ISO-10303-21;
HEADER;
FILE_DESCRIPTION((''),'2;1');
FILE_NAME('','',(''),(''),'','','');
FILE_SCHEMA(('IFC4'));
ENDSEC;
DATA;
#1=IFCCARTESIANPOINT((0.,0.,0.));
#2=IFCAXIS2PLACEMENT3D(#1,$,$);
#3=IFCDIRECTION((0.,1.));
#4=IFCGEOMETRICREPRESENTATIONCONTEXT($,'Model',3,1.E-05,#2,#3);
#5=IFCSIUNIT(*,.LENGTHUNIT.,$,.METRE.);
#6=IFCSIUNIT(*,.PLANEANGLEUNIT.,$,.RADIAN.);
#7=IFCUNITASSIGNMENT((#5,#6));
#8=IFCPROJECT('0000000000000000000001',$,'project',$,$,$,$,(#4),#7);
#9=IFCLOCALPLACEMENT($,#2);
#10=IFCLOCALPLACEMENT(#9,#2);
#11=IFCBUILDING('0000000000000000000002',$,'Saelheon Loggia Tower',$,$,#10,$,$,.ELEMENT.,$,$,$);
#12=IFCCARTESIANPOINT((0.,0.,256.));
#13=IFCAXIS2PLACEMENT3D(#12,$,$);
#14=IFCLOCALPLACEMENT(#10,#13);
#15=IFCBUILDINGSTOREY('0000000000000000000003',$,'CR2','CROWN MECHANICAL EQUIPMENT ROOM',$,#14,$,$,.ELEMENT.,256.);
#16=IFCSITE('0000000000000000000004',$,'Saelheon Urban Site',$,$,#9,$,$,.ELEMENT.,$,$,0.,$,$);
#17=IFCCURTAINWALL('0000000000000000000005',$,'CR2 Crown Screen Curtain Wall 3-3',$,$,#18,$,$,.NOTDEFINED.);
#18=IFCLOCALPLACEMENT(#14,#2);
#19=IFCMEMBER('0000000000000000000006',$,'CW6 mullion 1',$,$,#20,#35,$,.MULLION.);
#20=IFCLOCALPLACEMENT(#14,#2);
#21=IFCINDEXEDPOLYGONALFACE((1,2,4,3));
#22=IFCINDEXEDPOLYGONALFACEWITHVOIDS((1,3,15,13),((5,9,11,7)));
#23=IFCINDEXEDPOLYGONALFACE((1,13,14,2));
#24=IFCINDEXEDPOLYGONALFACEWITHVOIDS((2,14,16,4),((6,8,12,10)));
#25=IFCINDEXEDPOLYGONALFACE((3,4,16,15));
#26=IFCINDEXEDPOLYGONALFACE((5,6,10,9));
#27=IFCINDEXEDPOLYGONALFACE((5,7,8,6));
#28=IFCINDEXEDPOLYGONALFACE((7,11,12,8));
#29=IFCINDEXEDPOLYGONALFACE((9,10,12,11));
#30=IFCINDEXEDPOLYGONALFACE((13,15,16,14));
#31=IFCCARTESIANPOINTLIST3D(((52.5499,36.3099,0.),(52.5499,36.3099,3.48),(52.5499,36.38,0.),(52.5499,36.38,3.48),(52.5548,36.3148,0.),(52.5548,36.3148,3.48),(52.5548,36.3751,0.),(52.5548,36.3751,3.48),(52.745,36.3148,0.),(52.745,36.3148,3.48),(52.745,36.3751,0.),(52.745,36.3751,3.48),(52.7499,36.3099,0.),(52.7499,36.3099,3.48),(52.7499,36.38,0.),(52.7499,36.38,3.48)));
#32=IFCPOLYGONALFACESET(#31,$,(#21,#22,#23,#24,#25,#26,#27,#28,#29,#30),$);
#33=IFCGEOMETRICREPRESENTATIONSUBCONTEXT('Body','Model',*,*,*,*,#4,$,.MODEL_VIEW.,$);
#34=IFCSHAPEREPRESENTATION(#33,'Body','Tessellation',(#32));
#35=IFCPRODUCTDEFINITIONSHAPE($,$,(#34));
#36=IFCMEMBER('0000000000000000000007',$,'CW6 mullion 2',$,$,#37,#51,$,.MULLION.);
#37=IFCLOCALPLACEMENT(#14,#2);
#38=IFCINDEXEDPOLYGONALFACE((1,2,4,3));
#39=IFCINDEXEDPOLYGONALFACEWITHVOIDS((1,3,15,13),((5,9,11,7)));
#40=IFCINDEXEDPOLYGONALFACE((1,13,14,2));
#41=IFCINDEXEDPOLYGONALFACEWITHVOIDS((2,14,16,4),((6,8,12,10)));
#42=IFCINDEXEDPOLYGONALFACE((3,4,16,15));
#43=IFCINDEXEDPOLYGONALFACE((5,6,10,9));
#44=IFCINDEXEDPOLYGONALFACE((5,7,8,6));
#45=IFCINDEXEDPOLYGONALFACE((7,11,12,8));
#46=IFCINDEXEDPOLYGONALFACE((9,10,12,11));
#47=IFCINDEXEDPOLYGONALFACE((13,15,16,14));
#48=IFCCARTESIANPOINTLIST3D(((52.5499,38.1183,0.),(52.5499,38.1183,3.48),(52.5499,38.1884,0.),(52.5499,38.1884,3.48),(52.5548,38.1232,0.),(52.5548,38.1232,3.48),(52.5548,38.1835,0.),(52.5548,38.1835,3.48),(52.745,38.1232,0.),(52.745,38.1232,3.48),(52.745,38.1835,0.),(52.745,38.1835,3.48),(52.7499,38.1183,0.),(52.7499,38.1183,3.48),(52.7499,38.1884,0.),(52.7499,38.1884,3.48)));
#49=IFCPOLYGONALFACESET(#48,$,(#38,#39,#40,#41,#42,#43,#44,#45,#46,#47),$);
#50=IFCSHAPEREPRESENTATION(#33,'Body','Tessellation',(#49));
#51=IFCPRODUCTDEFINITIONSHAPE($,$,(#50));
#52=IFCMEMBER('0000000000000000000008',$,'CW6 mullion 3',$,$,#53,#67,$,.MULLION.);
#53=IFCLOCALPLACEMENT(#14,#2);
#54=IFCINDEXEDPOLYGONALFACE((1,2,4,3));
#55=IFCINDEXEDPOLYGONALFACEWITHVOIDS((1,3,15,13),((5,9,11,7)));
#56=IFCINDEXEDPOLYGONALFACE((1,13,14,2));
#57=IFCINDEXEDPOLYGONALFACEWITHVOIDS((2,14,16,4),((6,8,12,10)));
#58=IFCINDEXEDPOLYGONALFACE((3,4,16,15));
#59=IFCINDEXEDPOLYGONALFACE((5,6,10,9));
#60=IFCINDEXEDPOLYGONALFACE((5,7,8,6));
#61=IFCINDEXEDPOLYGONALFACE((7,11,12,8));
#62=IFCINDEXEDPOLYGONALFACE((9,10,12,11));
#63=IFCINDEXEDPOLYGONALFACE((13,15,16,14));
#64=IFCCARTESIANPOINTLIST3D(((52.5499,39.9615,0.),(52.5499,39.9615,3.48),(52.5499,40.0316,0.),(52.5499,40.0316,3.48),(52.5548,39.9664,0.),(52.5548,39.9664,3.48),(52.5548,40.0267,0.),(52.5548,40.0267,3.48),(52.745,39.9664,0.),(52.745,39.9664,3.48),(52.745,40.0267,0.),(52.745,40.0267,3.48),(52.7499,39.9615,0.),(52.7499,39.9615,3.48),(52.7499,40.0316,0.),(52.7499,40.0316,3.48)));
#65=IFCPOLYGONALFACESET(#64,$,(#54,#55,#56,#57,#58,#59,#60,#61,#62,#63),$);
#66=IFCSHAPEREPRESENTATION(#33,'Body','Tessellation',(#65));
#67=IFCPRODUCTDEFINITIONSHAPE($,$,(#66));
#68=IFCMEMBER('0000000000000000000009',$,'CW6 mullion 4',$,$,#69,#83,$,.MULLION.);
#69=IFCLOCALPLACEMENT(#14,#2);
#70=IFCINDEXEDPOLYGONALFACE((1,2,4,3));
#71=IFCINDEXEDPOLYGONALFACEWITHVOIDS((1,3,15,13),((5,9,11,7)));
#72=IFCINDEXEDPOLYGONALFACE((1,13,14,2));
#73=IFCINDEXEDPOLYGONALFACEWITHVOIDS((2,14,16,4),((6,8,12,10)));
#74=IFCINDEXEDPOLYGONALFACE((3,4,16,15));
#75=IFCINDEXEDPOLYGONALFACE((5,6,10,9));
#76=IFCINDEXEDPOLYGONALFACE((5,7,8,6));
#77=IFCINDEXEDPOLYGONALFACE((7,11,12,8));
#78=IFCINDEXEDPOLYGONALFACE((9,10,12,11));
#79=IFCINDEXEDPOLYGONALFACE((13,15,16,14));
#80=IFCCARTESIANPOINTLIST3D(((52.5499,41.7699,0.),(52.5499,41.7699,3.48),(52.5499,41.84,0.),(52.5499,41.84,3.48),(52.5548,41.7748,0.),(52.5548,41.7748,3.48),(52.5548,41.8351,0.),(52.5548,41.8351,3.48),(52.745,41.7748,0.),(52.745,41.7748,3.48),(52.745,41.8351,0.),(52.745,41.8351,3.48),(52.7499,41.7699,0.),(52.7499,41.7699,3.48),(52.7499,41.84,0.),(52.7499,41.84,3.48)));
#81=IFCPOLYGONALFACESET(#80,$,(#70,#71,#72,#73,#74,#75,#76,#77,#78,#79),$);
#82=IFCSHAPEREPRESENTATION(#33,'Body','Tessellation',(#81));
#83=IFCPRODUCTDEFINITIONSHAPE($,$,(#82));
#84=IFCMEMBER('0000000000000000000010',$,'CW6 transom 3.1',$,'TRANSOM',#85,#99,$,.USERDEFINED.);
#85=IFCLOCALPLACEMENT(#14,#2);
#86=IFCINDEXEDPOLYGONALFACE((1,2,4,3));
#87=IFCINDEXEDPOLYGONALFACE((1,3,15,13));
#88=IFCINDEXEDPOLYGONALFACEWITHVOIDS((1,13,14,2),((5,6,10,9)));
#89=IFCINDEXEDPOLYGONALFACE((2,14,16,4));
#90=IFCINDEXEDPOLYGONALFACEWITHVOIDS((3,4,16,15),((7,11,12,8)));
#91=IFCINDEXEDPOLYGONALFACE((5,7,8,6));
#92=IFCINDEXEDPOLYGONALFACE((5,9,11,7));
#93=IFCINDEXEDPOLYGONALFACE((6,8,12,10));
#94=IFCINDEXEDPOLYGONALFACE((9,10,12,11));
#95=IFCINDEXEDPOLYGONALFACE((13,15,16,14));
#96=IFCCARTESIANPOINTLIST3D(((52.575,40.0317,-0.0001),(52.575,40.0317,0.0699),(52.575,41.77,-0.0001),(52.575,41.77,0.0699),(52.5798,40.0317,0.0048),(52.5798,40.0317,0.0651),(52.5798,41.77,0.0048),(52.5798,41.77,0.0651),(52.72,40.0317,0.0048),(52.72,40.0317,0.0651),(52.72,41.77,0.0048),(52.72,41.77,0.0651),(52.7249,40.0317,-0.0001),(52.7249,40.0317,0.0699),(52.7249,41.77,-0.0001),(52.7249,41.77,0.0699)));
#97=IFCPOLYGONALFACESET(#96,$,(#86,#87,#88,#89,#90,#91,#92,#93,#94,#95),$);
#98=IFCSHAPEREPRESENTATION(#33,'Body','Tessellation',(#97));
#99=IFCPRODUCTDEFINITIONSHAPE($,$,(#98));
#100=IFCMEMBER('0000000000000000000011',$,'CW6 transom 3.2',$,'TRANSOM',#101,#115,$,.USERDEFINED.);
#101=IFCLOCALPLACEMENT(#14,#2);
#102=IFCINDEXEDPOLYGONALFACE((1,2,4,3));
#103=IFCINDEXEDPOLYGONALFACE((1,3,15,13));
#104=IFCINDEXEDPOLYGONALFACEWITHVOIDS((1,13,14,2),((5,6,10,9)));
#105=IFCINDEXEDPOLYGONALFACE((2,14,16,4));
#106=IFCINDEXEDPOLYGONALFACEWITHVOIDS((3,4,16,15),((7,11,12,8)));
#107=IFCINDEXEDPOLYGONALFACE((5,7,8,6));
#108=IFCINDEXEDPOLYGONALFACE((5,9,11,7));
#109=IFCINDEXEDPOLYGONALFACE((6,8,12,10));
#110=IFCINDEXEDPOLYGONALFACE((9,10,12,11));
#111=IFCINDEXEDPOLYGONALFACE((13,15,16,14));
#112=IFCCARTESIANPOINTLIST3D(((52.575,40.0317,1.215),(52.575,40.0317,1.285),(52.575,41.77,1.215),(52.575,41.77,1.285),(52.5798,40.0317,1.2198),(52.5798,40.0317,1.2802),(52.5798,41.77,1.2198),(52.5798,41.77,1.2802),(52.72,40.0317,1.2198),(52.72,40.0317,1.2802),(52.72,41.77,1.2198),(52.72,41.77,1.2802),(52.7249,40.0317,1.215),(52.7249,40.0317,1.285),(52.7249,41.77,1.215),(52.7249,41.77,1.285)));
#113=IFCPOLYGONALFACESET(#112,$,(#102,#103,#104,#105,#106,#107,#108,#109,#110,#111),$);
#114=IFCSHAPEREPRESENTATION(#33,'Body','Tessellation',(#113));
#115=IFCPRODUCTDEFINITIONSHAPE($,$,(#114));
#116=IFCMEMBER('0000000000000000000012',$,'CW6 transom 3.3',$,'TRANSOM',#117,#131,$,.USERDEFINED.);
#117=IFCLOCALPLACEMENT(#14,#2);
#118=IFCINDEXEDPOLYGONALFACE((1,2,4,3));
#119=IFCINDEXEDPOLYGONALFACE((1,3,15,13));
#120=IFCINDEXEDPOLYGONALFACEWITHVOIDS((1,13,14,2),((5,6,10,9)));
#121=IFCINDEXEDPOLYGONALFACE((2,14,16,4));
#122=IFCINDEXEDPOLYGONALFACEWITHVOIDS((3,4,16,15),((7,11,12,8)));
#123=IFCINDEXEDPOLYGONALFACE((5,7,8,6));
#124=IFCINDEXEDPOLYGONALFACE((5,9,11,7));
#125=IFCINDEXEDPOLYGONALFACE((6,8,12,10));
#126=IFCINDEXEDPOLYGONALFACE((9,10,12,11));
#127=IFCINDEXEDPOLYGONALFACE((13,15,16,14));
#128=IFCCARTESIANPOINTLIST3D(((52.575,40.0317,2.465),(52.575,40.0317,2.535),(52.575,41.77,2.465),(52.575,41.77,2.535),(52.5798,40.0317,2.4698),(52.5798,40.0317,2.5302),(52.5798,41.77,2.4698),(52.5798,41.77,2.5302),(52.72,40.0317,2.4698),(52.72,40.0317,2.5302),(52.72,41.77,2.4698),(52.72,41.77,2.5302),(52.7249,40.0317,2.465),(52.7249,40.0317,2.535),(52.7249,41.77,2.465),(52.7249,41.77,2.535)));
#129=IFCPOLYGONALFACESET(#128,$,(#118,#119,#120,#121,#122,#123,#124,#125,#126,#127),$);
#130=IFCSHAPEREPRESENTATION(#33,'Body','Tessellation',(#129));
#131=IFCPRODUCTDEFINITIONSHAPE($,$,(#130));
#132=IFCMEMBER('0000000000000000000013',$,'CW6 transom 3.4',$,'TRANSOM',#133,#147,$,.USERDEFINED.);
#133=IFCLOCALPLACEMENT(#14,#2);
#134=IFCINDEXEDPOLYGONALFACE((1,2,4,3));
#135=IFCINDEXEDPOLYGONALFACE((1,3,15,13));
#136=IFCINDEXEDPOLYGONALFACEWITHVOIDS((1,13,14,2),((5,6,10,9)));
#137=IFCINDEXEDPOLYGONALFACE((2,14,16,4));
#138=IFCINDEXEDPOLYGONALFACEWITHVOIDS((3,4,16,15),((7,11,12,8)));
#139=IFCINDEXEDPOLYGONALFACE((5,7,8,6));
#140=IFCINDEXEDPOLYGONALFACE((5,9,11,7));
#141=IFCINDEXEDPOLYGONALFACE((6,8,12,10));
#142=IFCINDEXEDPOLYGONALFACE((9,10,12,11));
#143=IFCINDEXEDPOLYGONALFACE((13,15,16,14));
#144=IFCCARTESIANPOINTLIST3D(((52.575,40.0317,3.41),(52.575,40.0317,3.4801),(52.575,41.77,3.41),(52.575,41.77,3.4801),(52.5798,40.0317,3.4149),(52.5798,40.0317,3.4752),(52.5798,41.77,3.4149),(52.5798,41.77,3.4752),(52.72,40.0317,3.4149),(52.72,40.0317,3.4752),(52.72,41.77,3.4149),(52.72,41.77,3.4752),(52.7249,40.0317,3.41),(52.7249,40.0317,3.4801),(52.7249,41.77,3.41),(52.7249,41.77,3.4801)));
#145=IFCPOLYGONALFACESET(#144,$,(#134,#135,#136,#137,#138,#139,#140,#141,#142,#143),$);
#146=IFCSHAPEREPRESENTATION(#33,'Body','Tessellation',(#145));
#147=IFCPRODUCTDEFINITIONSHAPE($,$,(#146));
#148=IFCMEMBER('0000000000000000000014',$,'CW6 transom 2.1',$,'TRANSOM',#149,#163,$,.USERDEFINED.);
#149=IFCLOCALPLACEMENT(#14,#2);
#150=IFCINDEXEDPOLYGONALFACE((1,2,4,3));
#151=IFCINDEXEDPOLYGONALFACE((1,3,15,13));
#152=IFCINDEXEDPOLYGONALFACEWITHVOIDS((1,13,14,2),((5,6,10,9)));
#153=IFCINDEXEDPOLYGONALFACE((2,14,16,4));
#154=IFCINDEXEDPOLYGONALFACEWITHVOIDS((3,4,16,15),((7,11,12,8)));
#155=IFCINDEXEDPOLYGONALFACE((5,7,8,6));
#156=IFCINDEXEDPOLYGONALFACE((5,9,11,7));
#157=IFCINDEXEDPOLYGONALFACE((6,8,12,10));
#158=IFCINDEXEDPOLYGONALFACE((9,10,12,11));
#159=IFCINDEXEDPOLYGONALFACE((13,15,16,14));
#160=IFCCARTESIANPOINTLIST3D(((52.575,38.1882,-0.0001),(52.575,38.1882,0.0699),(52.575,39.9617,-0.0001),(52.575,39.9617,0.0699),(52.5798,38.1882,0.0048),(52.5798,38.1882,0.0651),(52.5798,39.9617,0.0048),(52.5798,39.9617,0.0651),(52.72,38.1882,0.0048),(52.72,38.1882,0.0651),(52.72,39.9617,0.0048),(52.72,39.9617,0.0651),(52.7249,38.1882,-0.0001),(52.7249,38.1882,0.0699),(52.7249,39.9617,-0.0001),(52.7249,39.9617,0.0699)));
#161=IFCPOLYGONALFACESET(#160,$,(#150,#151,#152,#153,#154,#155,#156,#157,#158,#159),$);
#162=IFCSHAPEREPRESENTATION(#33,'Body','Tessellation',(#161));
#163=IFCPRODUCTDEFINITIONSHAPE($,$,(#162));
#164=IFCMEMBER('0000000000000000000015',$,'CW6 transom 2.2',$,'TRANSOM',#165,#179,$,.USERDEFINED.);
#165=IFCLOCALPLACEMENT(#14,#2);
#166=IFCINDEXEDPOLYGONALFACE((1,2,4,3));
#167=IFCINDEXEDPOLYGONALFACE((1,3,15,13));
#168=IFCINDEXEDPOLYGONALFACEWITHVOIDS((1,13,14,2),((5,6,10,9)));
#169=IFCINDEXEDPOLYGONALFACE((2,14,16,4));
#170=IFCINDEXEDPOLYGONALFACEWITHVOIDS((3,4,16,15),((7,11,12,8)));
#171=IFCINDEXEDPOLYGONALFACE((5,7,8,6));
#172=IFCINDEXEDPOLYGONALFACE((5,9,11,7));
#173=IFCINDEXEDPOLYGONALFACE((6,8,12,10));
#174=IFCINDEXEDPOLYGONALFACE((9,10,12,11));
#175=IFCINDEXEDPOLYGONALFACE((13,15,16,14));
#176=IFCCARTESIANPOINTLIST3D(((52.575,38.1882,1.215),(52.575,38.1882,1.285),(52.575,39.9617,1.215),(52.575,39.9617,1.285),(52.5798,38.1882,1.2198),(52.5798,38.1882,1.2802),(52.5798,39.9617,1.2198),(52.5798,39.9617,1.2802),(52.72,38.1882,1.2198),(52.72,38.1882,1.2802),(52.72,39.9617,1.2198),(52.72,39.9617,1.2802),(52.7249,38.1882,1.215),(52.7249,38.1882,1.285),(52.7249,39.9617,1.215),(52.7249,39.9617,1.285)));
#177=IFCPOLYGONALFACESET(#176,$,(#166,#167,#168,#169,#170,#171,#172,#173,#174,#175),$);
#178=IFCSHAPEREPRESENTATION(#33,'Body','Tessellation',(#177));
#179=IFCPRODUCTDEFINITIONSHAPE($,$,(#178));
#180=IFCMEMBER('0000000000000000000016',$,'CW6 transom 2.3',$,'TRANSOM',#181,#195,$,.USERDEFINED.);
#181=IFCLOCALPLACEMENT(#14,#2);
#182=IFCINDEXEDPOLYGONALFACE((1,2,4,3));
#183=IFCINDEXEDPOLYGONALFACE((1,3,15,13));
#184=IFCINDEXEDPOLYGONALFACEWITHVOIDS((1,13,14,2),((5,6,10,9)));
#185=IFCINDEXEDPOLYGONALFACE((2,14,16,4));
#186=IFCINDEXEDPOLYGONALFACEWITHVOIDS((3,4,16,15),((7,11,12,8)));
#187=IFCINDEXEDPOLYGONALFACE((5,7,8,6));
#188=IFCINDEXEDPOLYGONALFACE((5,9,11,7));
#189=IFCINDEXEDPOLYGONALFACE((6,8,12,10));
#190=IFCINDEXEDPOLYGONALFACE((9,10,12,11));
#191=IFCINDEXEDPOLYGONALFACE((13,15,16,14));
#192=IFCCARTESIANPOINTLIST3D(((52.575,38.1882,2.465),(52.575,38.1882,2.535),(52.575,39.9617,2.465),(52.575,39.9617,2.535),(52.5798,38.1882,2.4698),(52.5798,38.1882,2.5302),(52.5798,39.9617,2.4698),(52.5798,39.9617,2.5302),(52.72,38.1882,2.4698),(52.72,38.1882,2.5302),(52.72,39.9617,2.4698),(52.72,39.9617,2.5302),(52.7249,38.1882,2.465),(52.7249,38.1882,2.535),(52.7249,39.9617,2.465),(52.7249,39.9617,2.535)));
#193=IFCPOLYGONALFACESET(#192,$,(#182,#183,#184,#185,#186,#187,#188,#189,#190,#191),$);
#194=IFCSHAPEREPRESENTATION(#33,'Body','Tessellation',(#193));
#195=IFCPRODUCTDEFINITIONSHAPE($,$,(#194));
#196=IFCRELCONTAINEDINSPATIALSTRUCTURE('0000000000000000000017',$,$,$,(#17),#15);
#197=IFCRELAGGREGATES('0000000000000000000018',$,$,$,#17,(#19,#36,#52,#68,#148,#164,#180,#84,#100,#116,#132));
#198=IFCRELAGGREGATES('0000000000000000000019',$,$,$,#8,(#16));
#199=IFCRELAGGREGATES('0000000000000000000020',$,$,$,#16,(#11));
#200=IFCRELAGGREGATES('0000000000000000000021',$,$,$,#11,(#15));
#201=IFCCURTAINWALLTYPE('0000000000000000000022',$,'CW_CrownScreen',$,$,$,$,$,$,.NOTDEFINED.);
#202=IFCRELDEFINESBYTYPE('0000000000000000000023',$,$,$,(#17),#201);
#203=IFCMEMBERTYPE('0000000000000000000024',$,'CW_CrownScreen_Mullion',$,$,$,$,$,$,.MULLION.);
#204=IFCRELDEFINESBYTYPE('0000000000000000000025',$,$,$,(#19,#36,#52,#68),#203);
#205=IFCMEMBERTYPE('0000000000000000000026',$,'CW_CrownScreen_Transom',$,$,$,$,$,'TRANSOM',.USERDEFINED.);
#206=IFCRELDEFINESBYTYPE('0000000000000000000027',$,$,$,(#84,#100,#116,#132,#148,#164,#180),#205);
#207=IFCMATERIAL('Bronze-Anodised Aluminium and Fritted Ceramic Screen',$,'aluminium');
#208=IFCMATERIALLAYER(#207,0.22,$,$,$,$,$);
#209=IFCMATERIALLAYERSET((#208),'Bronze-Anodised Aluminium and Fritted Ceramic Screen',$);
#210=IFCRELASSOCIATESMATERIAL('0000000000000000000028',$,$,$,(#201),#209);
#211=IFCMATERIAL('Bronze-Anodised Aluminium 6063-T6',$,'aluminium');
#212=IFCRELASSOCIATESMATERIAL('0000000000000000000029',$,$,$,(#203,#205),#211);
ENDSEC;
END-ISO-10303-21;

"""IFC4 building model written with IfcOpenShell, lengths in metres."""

from ifc_helpers import new_model, si_unit, direction, frame, origin, origin_2d, place, context, subcontext, project, spatial, hollow_rectangle, extrude, source, transform, mapped, material, layer, layer_set, material_profile, profile_set, type_object, element, aggregate, save


model = new_model("IFC4")

# Units and contexts
model_context = context("Model", 3, precision=1e-05, world=origin(), true_north=direction((0.0, 1.0)))
body_context = subcontext(model_context, "Body", "Model", "MODEL_VIEW")
ifc_project = project(units=[si_unit("LENGTHUNIT", "METRE"), si_unit("PLANEANGLEUNIT", "RADIAN")], contexts=[model_context])

# Site, building, storey
site_placement = place(None, origin())
site = spatial("IfcSite", under=ifc_project, at=site_placement, Name="Saelheon Urban Site", CompositionType="ELEMENT", RefElevation=0.0)
building_placement = place(site_placement, origin())
building = spatial("IfcBuilding", under=site, at=building_placement, Name="Saelheon Loggia Tower", CompositionType="ELEMENT")
storey_placement = place(building_placement, frame((0.0, 0.0, 256.0)))
storey = spatial("IfcBuildingStorey", under=building, at=storey_placement, Name="CR2", Description="CROWN MECHANICAL EQUIPMENT ROOM", CompositionType="ELEMENT", Elevation=256.0)

# Curtain wall, members
ifc_material_1 = material(Name="Bronze-Anodised Aluminium and Fritted Ceramic Screen", Category="aluminium")
ifc_layer_1 = layer(ifc_material_1, 0.22)
ifc_layer_set_1 = layer_set([ifc_layer_1], Name="Bronze-Anodised Aluminium and Fritted Ceramic Screen")
curtain_wall_type = type_object("IfcCurtainWallType", Name="CW_CrownScreen", PredefinedType="NOTDEFINED", material=ifc_layer_set_1)
curtain_wall_placement = place(storey_placement, origin())
curtain_wall = element("IfcCurtainWall", 1, at=curtain_wall_placement, inside=storey, type_object=curtain_wall_type, Name="CR2 Crown Screen Curtain Wall 3-3", PredefinedType="NOTDEFINED")
ifc_material_2 = material(Name="Bronze-Anodised Aluminium 6063-T6", Category="aluminium")
ifc_material_profile_1 = material_profile(ifc_material_2, hollow_rectangle(XDim=0.0701, YDim=0.2, WallThickness=0.0049, at=origin_2d()), Name="RHS-200x70x5")
ifc_profile_set_1 = profile_set([ifc_material_profile_1], Name="Bronze-Anodised Aluminium 6063-T6")
member_type_1 = type_object("IfcMemberType", Name="CW_CrownScreen_Mullion", PredefinedType="MULLION", material=ifc_profile_set_1)
shared_shape_1 = source(origin(), body_context, "Body", "SweptSolid", [
    extrude(hollow_rectangle(XDim=0.0701, YDim=0.2, WallThickness=0.0049, at=origin_2d()), origin(), (0.0, 0.0, 1.0), 3.48),
])
member_1_placement = place(storey_placement, frame((52.6499, 36.345, 0.0), z_axis=(0.0, 0.0, 1.0), x_axis=(0.0, 1.0, 0.0)))
member_1 = element("IfcMember", 2, at=member_1_placement, type_object=member_type_1, Name="CW6 mullion 1", PredefinedType="MULLION", context=body_context, shape_type="MappedRepresentation", body=[
    mapped(shared_shape_1, transform((0.0, 0.0, 0.0), scale=1.0)),
])
member_2_placement = place(storey_placement, frame((52.6499, 38.1533, 0.0), z_axis=(0.0, 0.0, 1.0), x_axis=(0.0, 1.0, 0.0)))
member_2 = element("IfcMember", 3, at=member_2_placement, type_object=member_type_1, Name="CW6 mullion 2", PredefinedType="MULLION", context=body_context, shape_type="MappedRepresentation", body=[
    mapped(shared_shape_1, transform((0.0, 0.0, 0.0), scale=1.0)),
])
member_3_placement = place(storey_placement, frame((52.6499, 39.9966, 0.0), z_axis=(0.0, 0.0, 1.0), x_axis=(0.0, 1.0, 0.0)))
member_3 = element("IfcMember", 4, at=member_3_placement, type_object=member_type_1, Name="CW6 mullion 3", PredefinedType="MULLION", context=body_context, shape_type="MappedRepresentation", body=[
    mapped(shared_shape_1, transform((0.0, 0.0, 0.0), scale=1.0)),
])
member_4_placement = place(storey_placement, frame((52.6499, 41.8049, 0.0), z_axis=(0.0, 0.0, 1.0), x_axis=(0.0, 1.0, 0.0)))
member_4 = element("IfcMember", 5, at=member_4_placement, type_object=member_type_1, Name="CW6 mullion 4", PredefinedType="MULLION", context=body_context, shape_type="MappedRepresentation", body=[
    mapped(shared_shape_1, transform((0.0, 0.0, 0.0), scale=1.0)),
])
ifc_material_profile_2 = material_profile(ifc_material_2, hollow_rectangle(XDim=0.0701, YDim=0.1499, WallThickness=0.0049, at=origin_2d()), Name="RHS-150x70x5")
ifc_profile_set_2 = profile_set([ifc_material_profile_2], Name="Bronze-Anodised Aluminium 6063-T6")
member_type_2 = type_object("IfcMemberType", Name="CW_CrownScreen_Transom", ElementType="TRANSOM", PredefinedType="USERDEFINED", material=ifc_profile_set_2)
shared_shape_2 = source(origin(), body_context, "Body", "SweptSolid", [
    extrude(hollow_rectangle(XDim=0.0701, YDim=0.1499, WallThickness=0.0049, at=origin_2d()), origin(), (0.0, 0.0, 1.0), 1.7383),
])
member_5_placement = place(storey_placement, frame((52.6499, 40.0317, 0.0349), z_axis=(0.0, 1.0, 0.0), x_axis=(0.0, 0.0, 1.0)))
member_5 = element("IfcMember", 6, at=member_5_placement, type_object=member_type_2, Name="CW6 transom 3.1", ObjectType="TRANSOM", PredefinedType="USERDEFINED", context=body_context, shape_type="MappedRepresentation", body=[
    mapped(shared_shape_2, transform((0.0, 0.0, 0.0), scale=1.0)),
])
member_6_placement = place(storey_placement, frame((52.6499, 40.0317, 1.25), z_axis=(0.0, 1.0, 0.0), x_axis=(0.0, 0.0, 1.0)))
member_6 = element("IfcMember", 7, at=member_6_placement, type_object=member_type_2, Name="CW6 transom 3.2", ObjectType="TRANSOM", PredefinedType="USERDEFINED", context=body_context, shape_type="MappedRepresentation", body=[
    mapped(shared_shape_2, transform((0.0, 0.0, 0.0), scale=1.0)),
])
member_7_placement = place(storey_placement, frame((52.6499, 40.0317, 2.5), z_axis=(0.0, 1.0, 0.0), x_axis=(0.0, 0.0, 1.0)))
member_7 = element("IfcMember", 8, at=member_7_placement, type_object=member_type_2, Name="CW6 transom 3.3", ObjectType="TRANSOM", PredefinedType="USERDEFINED", context=body_context, shape_type="MappedRepresentation", body=[
    mapped(shared_shape_2, transform((0.0, 0.0, 0.0), scale=1.0)),
])
member_8_placement = place(storey_placement, frame((52.6499, 40.0317, 3.4451), z_axis=(0.0, 1.0, 0.0), x_axis=(0.0, 0.0, 1.0)))
member_8 = element("IfcMember", 9, at=member_8_placement, type_object=member_type_2, Name="CW6 transom 3.4", ObjectType="TRANSOM", PredefinedType="USERDEFINED", context=body_context, shape_type="MappedRepresentation", body=[
    mapped(shared_shape_2, transform((0.0, 0.0, 0.0), scale=1.0)),
])
shared_shape_3 = source(origin(), body_context, "Body", "SweptSolid", [
    extrude(hollow_rectangle(XDim=0.0701, YDim=0.1499, WallThickness=0.0049, at=origin_2d()), origin(), (0.0, 0.0, 1.0), 1.7734),
])
member_9_placement = place(storey_placement, frame((52.6499, 38.1882, 0.0349), z_axis=(0.0, 1.0, 0.0), x_axis=(0.0, 0.0, 1.0)))
member_9 = element("IfcMember", 10, at=member_9_placement, type_object=member_type_2, Name="CW6 transom 2.1", ObjectType="TRANSOM", PredefinedType="USERDEFINED", context=body_context, shape_type="MappedRepresentation", body=[
    mapped(shared_shape_3, transform((0.0, 0.0, 0.0), scale=1.0)),
])
member_10_placement = place(storey_placement, frame((52.6499, 38.1882, 1.25), z_axis=(0.0, 1.0, 0.0), x_axis=(0.0, 0.0, 1.0)))
member_10 = element("IfcMember", 11, at=member_10_placement, type_object=member_type_2, Name="CW6 transom 2.2", ObjectType="TRANSOM", PredefinedType="USERDEFINED", context=body_context, shape_type="MappedRepresentation", body=[
    mapped(shared_shape_3, transform((0.0, 0.0, 0.0), scale=1.0)),
])
member_11_placement = place(storey_placement, frame((52.6499, 38.1882, 2.5), z_axis=(0.0, 1.0, 0.0), x_axis=(0.0, 0.0, 1.0)))
member_11 = element("IfcMember", 12, at=member_11_placement, type_object=member_type_2, Name="CW6 transom 2.3", ObjectType="TRANSOM", PredefinedType="USERDEFINED", context=body_context, shape_type="MappedRepresentation", body=[
    mapped(shared_shape_3, transform((0.0, 0.0, 0.0), scale=1.0)),
])
aggregate(curtain_wall, [member_1, member_2, member_3, member_4, member_9, member_10, member_11, member_5, member_6, member_7, member_8])

save(model, "model.ifc")
